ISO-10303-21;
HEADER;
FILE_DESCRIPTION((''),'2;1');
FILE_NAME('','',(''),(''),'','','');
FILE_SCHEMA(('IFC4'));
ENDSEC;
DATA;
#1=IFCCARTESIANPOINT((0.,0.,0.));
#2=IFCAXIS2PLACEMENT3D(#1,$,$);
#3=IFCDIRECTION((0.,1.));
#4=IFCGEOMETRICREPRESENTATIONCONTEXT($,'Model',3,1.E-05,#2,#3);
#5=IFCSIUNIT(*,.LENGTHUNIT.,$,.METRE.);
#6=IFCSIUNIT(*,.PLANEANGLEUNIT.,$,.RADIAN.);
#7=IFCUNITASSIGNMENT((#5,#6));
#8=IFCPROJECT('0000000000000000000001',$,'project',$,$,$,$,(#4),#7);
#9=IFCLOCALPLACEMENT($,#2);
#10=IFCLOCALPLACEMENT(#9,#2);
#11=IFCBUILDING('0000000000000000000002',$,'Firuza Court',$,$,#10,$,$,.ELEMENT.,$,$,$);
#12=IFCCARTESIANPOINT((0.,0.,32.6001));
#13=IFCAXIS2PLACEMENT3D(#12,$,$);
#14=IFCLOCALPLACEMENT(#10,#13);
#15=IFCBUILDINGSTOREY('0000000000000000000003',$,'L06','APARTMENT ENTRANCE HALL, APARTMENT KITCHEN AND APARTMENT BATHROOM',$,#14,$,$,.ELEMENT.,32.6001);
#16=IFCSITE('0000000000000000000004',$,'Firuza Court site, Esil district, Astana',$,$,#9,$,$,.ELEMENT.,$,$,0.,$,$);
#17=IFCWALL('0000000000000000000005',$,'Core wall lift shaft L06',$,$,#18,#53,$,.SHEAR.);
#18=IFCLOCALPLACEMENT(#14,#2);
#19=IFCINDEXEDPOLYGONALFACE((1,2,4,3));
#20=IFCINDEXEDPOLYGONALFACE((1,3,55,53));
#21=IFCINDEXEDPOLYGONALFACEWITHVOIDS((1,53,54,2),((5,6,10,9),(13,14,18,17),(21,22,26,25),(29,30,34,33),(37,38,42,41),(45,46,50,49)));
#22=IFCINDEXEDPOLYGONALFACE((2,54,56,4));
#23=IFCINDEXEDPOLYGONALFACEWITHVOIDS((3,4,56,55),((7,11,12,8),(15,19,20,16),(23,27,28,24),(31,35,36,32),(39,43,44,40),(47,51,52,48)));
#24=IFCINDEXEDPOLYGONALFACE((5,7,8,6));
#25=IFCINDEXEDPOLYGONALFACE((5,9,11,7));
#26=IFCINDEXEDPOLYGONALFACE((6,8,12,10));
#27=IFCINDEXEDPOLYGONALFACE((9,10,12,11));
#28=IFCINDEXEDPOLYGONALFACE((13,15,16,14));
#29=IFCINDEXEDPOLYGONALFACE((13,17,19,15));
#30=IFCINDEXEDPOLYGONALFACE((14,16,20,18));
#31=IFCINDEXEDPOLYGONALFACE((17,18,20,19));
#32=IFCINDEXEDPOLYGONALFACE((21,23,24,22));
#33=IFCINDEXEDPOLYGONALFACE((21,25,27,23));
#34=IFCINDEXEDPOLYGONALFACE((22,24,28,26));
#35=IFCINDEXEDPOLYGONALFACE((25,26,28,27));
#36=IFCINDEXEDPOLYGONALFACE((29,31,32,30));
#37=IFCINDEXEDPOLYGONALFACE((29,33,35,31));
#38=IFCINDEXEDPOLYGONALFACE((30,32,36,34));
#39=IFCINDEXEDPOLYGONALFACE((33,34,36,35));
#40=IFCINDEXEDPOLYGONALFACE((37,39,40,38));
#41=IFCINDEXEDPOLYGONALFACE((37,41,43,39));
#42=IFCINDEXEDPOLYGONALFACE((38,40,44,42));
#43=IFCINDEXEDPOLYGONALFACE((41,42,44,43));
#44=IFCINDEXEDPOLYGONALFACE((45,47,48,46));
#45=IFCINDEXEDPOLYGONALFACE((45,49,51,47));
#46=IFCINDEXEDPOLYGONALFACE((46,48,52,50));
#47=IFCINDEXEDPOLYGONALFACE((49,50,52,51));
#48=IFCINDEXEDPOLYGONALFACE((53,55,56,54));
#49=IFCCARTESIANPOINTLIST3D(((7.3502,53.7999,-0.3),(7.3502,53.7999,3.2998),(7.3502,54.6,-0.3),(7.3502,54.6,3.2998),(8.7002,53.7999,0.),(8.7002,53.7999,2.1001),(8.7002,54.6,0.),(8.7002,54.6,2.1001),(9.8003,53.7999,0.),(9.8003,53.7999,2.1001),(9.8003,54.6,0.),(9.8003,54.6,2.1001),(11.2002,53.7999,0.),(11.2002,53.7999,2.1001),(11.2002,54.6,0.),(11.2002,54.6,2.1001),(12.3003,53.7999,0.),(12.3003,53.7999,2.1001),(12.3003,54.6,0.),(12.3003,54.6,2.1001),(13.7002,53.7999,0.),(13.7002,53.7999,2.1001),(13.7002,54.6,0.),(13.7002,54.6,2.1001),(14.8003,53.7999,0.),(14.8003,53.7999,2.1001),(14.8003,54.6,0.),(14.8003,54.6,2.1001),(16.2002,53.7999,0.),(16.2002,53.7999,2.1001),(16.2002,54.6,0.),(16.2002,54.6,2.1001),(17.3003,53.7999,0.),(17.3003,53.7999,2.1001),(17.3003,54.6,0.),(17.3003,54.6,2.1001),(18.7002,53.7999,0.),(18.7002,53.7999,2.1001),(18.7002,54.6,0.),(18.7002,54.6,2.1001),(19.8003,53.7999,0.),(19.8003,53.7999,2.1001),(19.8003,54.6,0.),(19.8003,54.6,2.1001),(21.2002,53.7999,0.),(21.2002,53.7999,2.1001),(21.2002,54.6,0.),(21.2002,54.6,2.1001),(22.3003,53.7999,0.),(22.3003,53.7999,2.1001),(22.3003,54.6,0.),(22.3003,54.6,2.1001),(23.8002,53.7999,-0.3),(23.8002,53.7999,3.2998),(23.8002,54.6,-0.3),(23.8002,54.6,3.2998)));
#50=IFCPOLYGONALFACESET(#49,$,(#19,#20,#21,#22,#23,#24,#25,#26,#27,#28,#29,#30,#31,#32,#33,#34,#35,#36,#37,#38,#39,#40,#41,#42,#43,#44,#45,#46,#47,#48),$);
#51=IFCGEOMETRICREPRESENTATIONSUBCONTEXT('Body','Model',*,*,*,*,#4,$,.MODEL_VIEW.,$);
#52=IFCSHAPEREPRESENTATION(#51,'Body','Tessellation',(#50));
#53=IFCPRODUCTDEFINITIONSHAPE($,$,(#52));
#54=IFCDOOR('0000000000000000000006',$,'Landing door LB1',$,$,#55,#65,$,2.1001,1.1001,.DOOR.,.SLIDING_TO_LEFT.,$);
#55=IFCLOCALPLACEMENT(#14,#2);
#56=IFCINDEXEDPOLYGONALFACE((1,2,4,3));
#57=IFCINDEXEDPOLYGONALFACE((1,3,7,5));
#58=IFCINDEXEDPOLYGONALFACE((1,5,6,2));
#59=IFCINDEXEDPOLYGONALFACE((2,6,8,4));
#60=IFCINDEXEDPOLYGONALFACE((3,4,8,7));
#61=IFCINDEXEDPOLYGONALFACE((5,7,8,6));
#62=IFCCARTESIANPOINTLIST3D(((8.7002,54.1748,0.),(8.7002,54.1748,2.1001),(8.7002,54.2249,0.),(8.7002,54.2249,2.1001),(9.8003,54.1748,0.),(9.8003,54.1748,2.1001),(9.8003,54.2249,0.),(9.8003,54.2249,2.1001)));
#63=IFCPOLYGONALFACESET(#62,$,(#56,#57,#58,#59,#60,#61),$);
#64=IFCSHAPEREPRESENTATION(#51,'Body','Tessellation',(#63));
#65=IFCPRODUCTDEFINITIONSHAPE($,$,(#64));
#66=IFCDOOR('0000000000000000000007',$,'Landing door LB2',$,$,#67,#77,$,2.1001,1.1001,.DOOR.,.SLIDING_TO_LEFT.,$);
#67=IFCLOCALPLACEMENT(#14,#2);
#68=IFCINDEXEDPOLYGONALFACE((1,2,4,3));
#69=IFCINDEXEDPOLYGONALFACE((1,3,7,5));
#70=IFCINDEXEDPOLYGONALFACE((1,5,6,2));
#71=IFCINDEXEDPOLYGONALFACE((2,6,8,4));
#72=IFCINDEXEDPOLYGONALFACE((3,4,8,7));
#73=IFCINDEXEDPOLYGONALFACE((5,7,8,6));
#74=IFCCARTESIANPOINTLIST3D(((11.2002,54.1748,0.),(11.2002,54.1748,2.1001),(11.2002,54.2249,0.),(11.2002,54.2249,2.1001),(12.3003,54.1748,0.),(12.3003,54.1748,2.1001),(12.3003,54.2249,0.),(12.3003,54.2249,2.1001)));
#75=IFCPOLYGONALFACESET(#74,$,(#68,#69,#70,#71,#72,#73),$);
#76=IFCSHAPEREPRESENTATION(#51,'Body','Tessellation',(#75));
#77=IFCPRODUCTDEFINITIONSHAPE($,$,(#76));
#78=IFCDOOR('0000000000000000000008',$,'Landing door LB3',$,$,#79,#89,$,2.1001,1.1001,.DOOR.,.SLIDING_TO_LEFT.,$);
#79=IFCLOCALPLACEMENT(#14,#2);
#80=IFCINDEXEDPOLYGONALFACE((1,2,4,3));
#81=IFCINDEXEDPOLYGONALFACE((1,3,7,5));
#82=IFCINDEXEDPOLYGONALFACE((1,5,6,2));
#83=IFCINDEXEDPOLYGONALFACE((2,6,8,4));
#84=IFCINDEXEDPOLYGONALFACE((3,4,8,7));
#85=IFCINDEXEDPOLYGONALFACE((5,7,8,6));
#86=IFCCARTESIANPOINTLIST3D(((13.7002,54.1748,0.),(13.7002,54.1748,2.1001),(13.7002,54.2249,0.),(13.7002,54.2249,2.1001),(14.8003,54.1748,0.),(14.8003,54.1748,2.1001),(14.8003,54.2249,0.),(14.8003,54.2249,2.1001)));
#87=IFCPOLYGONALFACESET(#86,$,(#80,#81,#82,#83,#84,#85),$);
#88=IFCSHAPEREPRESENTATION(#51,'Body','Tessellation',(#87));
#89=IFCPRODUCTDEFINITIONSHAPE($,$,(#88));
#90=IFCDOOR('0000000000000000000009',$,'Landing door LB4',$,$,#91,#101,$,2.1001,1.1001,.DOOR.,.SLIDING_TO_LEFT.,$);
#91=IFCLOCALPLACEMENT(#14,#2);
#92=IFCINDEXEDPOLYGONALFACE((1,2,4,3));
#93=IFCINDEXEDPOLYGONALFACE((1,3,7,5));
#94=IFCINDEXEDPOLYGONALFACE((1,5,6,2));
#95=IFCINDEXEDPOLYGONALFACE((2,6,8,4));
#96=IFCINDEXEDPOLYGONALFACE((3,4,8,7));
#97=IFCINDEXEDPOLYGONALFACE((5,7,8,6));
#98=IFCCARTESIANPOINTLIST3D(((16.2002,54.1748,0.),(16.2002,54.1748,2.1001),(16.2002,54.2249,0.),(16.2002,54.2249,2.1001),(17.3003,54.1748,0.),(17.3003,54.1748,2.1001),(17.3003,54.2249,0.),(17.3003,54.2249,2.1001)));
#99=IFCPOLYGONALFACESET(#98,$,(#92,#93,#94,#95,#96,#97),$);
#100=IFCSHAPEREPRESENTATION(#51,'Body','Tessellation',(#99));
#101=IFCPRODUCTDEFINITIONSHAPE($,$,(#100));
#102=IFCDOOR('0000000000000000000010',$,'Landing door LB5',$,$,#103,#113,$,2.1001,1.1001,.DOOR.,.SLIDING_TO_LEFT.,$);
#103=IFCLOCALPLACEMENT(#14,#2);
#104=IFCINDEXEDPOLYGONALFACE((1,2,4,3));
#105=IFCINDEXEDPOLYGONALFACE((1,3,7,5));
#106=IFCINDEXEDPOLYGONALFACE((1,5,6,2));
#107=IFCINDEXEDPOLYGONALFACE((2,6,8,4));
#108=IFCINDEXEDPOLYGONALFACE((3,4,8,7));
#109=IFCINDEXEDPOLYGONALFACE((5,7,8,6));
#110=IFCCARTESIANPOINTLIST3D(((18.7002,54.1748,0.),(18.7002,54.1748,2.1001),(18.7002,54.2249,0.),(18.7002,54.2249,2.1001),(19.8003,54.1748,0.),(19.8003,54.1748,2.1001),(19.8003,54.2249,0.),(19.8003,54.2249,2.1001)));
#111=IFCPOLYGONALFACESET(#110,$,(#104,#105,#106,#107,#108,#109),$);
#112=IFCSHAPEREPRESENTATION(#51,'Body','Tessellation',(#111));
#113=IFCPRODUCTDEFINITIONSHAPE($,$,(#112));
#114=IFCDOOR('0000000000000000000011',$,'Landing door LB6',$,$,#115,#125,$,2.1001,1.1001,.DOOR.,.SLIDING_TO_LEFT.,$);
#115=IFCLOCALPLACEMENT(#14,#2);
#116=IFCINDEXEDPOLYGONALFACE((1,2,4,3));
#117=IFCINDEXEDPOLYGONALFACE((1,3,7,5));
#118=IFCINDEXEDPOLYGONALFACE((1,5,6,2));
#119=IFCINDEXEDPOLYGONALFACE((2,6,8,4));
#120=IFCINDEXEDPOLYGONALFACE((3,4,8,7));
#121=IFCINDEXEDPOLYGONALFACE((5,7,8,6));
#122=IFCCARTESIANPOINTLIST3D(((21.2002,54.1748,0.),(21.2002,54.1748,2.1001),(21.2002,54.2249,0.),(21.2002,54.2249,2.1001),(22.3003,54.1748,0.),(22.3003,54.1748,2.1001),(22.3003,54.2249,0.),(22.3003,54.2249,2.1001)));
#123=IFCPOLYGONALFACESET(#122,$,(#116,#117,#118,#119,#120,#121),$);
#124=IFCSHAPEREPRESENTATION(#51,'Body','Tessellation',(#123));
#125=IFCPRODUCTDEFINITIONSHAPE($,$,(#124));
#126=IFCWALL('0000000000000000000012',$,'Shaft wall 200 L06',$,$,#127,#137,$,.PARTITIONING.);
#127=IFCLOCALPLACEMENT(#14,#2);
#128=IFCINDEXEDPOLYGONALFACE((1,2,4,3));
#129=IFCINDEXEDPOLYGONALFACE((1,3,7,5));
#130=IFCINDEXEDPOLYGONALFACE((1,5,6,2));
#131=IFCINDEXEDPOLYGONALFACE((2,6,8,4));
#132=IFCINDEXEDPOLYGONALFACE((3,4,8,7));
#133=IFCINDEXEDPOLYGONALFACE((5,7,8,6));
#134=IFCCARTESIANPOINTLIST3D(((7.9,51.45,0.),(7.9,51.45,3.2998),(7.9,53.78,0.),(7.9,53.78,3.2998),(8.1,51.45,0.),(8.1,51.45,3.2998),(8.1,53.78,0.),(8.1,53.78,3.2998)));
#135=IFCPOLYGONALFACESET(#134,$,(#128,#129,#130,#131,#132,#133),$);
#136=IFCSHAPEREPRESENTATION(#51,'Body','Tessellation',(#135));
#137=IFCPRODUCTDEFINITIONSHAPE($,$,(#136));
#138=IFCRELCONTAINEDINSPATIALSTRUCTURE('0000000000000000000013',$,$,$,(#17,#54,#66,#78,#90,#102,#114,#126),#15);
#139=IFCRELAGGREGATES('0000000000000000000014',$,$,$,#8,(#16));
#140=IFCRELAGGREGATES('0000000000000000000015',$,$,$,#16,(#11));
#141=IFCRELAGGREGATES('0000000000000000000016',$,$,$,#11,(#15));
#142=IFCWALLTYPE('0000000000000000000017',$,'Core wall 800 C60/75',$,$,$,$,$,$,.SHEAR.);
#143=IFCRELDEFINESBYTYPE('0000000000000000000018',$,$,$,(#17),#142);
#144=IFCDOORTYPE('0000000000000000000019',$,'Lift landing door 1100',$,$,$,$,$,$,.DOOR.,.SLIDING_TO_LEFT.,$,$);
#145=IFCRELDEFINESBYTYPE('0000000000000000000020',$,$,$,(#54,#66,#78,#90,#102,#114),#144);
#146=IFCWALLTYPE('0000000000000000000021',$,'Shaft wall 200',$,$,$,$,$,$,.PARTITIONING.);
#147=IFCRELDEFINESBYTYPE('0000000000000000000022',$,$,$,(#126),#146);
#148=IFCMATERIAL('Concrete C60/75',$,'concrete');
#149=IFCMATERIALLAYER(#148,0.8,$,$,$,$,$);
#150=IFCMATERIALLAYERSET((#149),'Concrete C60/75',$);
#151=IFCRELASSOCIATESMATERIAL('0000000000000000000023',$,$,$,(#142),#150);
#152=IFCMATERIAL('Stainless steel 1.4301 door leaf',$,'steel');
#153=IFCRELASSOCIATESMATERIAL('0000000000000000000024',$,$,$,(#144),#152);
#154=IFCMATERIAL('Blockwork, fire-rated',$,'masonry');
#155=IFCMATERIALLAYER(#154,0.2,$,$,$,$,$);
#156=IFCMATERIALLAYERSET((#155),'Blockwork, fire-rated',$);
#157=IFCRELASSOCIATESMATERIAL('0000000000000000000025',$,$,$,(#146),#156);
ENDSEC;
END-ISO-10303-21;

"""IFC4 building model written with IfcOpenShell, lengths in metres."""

from ifc_helpers import new_model, si_unit, direction, frame, frame_2d, origin, place, context, subcontext, project, spatial, rectangle, extrude, material, layer, layer_set, type_object, element, fill, save


model = new_model("IFC4")

# Units and contexts
model_context = context("Model", 3, precision=1e-05, world=origin(), true_north=direction((0.0, 1.0)))
body_context = subcontext(model_context, "Body", "Model", "MODEL_VIEW")
ifc_project = project(units=[si_unit("LENGTHUNIT", "METRE"), si_unit("PLANEANGLEUNIT", "RADIAN")], contexts=[model_context])

# Site, building, storey
site_placement = place(None, origin())
site = spatial("IfcSite", under=ifc_project, at=site_placement, Name="Firuza Court site, Esil district, Astana", CompositionType="ELEMENT", RefElevation=0.0)
building_placement = place(site_placement, origin())
building = spatial("IfcBuilding", under=site, at=building_placement, Name="Firuza Court", CompositionType="ELEMENT")
storey_placement = place(building_placement, frame((0.0, 0.0, 32.6001)))
storey = spatial("IfcBuildingStorey", under=building, at=storey_placement, Name="L06", Description="APARTMENT ENTRANCE HALL, APARTMENT KITCHEN AND APARTMENT BATHROOM", CompositionType="ELEMENT", Elevation=32.6001)

# Shared definitions
ifc_material_1 = material(Name="Concrete C60/75", Category="concrete")

# Wall, openings, doors
ifc_layer_1 = layer(ifc_material_1, 0.8)
ifc_layer_set_1 = layer_set([ifc_layer_1], Name="Concrete C60/75")
wall_type_1 = type_object("IfcWallType", Name="Core wall 800 C60/75", PredefinedType="SHEAR", material=ifc_layer_set_1)
wall_1_placement = place(storey_placement, frame((7.3501, 54.2, -0.3), z_axis=(0.0, 0.0, 1.0), x_axis=(1.0, 0.0, 0.0)))
wall_1 = element("IfcWall", 1, at=wall_1_placement, inside=storey, type_object=wall_type_1, Name="Core wall lift shaft L06", PredefinedType="SHEAR", context=body_context, shape_type="SweptSolid", body=[
    extrude(rectangle(XDim=16.45, YDim=0.8, at=frame_2d((8.2251, 0.0))), origin(), (0.0, 0.0, 1.0), 3.5999),
])
opening_1_placement = place(wall_1_placement, frame((1.3501, 0.0, 0.3)))
opening_1 = element("IfcOpeningElement", 2, at=opening_1_placement, cuts=wall_1, PredefinedType="OPENING", context=body_context, shape_type="SweptSolid", body=[
    extrude(rectangle(XDim=1.1001, YDim=2.1001, at=frame_2d((0.55, 1.05))), frame((0.0, 0.4121, 0.0), z_axis=(0.0, -1.0, 0.0), x_axis=(1.0, 0.0, 0.0)), (0.0, 0.0, 1.0), 0.824),
])
opening_2_placement = place(wall_1_placement, frame((3.8501, 0.0, 0.3)))
opening_2 = element("IfcOpeningElement", 3, at=opening_2_placement, cuts=wall_1, PredefinedType="OPENING", context=body_context, shape_type="SweptSolid", body=[
    extrude(rectangle(XDim=1.1001, YDim=2.1001, at=frame_2d((0.55, 1.05))), frame((0.0, 0.4121, 0.0), z_axis=(0.0, -1.0, 0.0), x_axis=(1.0, 0.0, 0.0)), (0.0, 0.0, 1.0), 0.824),
])
opening_3_placement = place(wall_1_placement, frame((6.3501, 0.0, 0.3)))
opening_3 = element("IfcOpeningElement", 4, at=opening_3_placement, cuts=wall_1, PredefinedType="OPENING", context=body_context, shape_type="SweptSolid", body=[
    extrude(rectangle(XDim=1.1001, YDim=2.1001, at=frame_2d((0.55, 1.05))), frame((0.0, 0.4121, 0.0), z_axis=(0.0, -1.0, 0.0), x_axis=(1.0, 0.0, 0.0)), (0.0, 0.0, 1.0), 0.824),
])
opening_4_placement = place(wall_1_placement, frame((8.8501, 0.0, 0.3)))
opening_4 = element("IfcOpeningElement", 5, at=opening_4_placement, cuts=wall_1, PredefinedType="OPENING", context=body_context, shape_type="SweptSolid", body=[
    extrude(rectangle(XDim=1.1001, YDim=2.1001, at=frame_2d((0.55, 1.05))), frame((0.0, 0.4121, 0.0), z_axis=(0.0, -1.0, 0.0), x_axis=(1.0, 0.0, 0.0)), (0.0, 0.0, 1.0), 0.824),
])
opening_5_placement = place(wall_1_placement, frame((11.3501, 0.0, 0.3)))
opening_5 = element("IfcOpeningElement", 6, at=opening_5_placement, cuts=wall_1, PredefinedType="OPENING", context=body_context, shape_type="SweptSolid", body=[
    extrude(rectangle(XDim=1.1001, YDim=2.1001, at=frame_2d((0.55, 1.05))), frame((0.0, 0.4121, 0.0), z_axis=(0.0, -1.0, 0.0), x_axis=(1.0, 0.0, 0.0)), (0.0, 0.0, 1.0), 0.824),
])
opening_6_placement = place(wall_1_placement, frame((13.8501, 0.0, 0.3)))
opening_6 = element("IfcOpeningElement", 7, at=opening_6_placement, cuts=wall_1, PredefinedType="OPENING", context=body_context, shape_type="SweptSolid", body=[
    extrude(rectangle(XDim=1.1001, YDim=2.1001, at=frame_2d((0.55, 1.05))), frame((0.0, 0.4121, 0.0), z_axis=(0.0, -1.0, 0.0), x_axis=(1.0, 0.0, 0.0)), (0.0, 0.0, 1.0), 0.824),
])
ifc_material_2 = material(Name="Stainless steel 1.4301 door leaf", Category="steel")
door_type_1 = type_object("IfcDoorType", Name="Lift landing door 1100", OperationType="SLIDING_TO_LEFT", PredefinedType="DOOR", material=ifc_material_2)
door_1_placement = place(opening_1_placement, origin())
door_1 = element("IfcDoor", 8, at=door_1_placement, inside=storey, type_object=door_type_1, Name="Landing door LB1", OperationType="SLIDING_TO_LEFT", OverallHeight=2.1001, OverallWidth=1.1001, PredefinedType="DOOR", context=body_context, shape_type="SweptSolid", body=[
    extrude(rectangle(XDim=1.1001, YDim=2.1001, at=frame_2d((0.55, 1.05))), frame((0.0, 0.0249, 0.0), z_axis=(0.0, -1.0, 0.0), x_axis=(1.0, 0.0, 0.0)), (0.0, 0.0, 1.0), 0.05),
])
fill(opening_1, door_1)
door_2_placement = place(opening_2_placement, origin())
door_2 = element("IfcDoor", 9, at=door_2_placement, inside=storey, type_object=door_type_1, Name="Landing door LB2", OperationType="SLIDING_TO_LEFT", OverallHeight=2.1001, OverallWidth=1.1001, PredefinedType="DOOR", context=body_context, shape_type="SweptSolid", body=[
    extrude(rectangle(XDim=1.1001, YDim=2.1001, at=frame_2d((0.55, 1.05))), frame((0.0, 0.0249, 0.0), z_axis=(0.0, -1.0, 0.0), x_axis=(1.0, 0.0, 0.0)), (0.0, 0.0, 1.0), 0.05),
])
fill(opening_2, door_2)
door_3_placement = place(opening_3_placement, origin())
door_3 = element("IfcDoor", 10, at=door_3_placement, inside=storey, type_object=door_type_1, Name="Landing door LB3", OperationType="SLIDING_TO_LEFT", OverallHeight=2.1001, OverallWidth=1.1001, PredefinedType="DOOR", context=body_context, shape_type="SweptSolid", body=[
    extrude(rectangle(XDim=1.1001, YDim=2.1001, at=frame_2d((0.55, 1.05))), frame((0.0, 0.0249, 0.0), z_axis=(0.0, -1.0, 0.0), x_axis=(1.0, 0.0, 0.0)), (0.0, 0.0, 1.0), 0.05),
])
fill(opening_3, door_3)
door_4_placement = place(opening_4_placement, origin())
door_4 = element("IfcDoor", 11, at=door_4_placement, inside=storey, type_object=door_type_1, Name="Landing door LB4", OperationType="SLIDING_TO_LEFT", OverallHeight=2.1001, OverallWidth=1.1001, PredefinedType="DOOR", context=body_context, shape_type="SweptSolid", body=[
    extrude(rectangle(XDim=1.1001, YDim=2.1001, at=frame_2d((0.55, 1.05))), frame((0.0, 0.0249, 0.0), z_axis=(0.0, -1.0, 0.0), x_axis=(1.0, 0.0, 0.0)), (0.0, 0.0, 1.0), 0.05),
])
fill(opening_4, door_4)
door_5_placement = place(opening_5_placement, origin())
door_5 = element("IfcDoor", 12, at=door_5_placement, inside=storey, type_object=door_type_1, Name="Landing door LB5", OperationType="SLIDING_TO_LEFT", OverallHeight=2.1001, OverallWidth=1.1001, PredefinedType="DOOR", context=body_context, shape_type="SweptSolid", body=[
    extrude(rectangle(XDim=1.1001, YDim=2.1001, at=frame_2d((0.55, 1.05))), frame((0.0, 0.0249, 0.0), z_axis=(0.0, -1.0, 0.0), x_axis=(1.0, 0.0, 0.0)), (0.0, 0.0, 1.0), 0.05),
])
fill(opening_5, door_5)
door_6_placement = place(opening_6_placement, origin())
door_6 = element("IfcDoor", 13, at=door_6_placement, inside=storey, type_object=door_type_1, Name="Landing door LB6", OperationType="SLIDING_TO_LEFT", OverallHeight=2.1001, OverallWidth=1.1001, PredefinedType="DOOR", context=body_context, shape_type="SweptSolid", body=[
    extrude(rectangle(XDim=1.1001, YDim=2.1001, at=frame_2d((0.55, 1.05))), frame((0.0, 0.0249, 0.0), z_axis=(0.0, -1.0, 0.0), x_axis=(1.0, 0.0, 0.0)), (0.0, 0.0, 1.0), 0.05),
])
fill(opening_6, door_6)

# Wall
ifc_material_3 = material(Name="Blockwork, fire-rated", Category="masonry")
ifc_layer_2 = layer(ifc_material_3, 0.2)
ifc_layer_set_2 = layer_set([ifc_layer_2], Name="Blockwork, fire-rated")
wall_type_2 = type_object("IfcWallType", Name="Shaft wall 200", PredefinedType="PARTITIONING", material=ifc_layer_set_2)
wall_2_placement = place(storey_placement, frame((8.0, 51.45, 0.0), z_axis=(0.0, 0.0, 1.0), x_axis=(0.0, 1.0, 0.0)))
element("IfcWall", 14, at=wall_2_placement, inside=storey, type_object=wall_type_2, Name="Shaft wall 200 L06", PredefinedType="PARTITIONING", context=body_context, shape_type="SweptSolid", body=[
    extrude(rectangle(XDim=2.3301, YDim=0.2, at=frame_2d((1.165, 0.0))), origin(), (0.0, 0.0, 1.0), 3.2998),
])

save(model, "model.ifc")
